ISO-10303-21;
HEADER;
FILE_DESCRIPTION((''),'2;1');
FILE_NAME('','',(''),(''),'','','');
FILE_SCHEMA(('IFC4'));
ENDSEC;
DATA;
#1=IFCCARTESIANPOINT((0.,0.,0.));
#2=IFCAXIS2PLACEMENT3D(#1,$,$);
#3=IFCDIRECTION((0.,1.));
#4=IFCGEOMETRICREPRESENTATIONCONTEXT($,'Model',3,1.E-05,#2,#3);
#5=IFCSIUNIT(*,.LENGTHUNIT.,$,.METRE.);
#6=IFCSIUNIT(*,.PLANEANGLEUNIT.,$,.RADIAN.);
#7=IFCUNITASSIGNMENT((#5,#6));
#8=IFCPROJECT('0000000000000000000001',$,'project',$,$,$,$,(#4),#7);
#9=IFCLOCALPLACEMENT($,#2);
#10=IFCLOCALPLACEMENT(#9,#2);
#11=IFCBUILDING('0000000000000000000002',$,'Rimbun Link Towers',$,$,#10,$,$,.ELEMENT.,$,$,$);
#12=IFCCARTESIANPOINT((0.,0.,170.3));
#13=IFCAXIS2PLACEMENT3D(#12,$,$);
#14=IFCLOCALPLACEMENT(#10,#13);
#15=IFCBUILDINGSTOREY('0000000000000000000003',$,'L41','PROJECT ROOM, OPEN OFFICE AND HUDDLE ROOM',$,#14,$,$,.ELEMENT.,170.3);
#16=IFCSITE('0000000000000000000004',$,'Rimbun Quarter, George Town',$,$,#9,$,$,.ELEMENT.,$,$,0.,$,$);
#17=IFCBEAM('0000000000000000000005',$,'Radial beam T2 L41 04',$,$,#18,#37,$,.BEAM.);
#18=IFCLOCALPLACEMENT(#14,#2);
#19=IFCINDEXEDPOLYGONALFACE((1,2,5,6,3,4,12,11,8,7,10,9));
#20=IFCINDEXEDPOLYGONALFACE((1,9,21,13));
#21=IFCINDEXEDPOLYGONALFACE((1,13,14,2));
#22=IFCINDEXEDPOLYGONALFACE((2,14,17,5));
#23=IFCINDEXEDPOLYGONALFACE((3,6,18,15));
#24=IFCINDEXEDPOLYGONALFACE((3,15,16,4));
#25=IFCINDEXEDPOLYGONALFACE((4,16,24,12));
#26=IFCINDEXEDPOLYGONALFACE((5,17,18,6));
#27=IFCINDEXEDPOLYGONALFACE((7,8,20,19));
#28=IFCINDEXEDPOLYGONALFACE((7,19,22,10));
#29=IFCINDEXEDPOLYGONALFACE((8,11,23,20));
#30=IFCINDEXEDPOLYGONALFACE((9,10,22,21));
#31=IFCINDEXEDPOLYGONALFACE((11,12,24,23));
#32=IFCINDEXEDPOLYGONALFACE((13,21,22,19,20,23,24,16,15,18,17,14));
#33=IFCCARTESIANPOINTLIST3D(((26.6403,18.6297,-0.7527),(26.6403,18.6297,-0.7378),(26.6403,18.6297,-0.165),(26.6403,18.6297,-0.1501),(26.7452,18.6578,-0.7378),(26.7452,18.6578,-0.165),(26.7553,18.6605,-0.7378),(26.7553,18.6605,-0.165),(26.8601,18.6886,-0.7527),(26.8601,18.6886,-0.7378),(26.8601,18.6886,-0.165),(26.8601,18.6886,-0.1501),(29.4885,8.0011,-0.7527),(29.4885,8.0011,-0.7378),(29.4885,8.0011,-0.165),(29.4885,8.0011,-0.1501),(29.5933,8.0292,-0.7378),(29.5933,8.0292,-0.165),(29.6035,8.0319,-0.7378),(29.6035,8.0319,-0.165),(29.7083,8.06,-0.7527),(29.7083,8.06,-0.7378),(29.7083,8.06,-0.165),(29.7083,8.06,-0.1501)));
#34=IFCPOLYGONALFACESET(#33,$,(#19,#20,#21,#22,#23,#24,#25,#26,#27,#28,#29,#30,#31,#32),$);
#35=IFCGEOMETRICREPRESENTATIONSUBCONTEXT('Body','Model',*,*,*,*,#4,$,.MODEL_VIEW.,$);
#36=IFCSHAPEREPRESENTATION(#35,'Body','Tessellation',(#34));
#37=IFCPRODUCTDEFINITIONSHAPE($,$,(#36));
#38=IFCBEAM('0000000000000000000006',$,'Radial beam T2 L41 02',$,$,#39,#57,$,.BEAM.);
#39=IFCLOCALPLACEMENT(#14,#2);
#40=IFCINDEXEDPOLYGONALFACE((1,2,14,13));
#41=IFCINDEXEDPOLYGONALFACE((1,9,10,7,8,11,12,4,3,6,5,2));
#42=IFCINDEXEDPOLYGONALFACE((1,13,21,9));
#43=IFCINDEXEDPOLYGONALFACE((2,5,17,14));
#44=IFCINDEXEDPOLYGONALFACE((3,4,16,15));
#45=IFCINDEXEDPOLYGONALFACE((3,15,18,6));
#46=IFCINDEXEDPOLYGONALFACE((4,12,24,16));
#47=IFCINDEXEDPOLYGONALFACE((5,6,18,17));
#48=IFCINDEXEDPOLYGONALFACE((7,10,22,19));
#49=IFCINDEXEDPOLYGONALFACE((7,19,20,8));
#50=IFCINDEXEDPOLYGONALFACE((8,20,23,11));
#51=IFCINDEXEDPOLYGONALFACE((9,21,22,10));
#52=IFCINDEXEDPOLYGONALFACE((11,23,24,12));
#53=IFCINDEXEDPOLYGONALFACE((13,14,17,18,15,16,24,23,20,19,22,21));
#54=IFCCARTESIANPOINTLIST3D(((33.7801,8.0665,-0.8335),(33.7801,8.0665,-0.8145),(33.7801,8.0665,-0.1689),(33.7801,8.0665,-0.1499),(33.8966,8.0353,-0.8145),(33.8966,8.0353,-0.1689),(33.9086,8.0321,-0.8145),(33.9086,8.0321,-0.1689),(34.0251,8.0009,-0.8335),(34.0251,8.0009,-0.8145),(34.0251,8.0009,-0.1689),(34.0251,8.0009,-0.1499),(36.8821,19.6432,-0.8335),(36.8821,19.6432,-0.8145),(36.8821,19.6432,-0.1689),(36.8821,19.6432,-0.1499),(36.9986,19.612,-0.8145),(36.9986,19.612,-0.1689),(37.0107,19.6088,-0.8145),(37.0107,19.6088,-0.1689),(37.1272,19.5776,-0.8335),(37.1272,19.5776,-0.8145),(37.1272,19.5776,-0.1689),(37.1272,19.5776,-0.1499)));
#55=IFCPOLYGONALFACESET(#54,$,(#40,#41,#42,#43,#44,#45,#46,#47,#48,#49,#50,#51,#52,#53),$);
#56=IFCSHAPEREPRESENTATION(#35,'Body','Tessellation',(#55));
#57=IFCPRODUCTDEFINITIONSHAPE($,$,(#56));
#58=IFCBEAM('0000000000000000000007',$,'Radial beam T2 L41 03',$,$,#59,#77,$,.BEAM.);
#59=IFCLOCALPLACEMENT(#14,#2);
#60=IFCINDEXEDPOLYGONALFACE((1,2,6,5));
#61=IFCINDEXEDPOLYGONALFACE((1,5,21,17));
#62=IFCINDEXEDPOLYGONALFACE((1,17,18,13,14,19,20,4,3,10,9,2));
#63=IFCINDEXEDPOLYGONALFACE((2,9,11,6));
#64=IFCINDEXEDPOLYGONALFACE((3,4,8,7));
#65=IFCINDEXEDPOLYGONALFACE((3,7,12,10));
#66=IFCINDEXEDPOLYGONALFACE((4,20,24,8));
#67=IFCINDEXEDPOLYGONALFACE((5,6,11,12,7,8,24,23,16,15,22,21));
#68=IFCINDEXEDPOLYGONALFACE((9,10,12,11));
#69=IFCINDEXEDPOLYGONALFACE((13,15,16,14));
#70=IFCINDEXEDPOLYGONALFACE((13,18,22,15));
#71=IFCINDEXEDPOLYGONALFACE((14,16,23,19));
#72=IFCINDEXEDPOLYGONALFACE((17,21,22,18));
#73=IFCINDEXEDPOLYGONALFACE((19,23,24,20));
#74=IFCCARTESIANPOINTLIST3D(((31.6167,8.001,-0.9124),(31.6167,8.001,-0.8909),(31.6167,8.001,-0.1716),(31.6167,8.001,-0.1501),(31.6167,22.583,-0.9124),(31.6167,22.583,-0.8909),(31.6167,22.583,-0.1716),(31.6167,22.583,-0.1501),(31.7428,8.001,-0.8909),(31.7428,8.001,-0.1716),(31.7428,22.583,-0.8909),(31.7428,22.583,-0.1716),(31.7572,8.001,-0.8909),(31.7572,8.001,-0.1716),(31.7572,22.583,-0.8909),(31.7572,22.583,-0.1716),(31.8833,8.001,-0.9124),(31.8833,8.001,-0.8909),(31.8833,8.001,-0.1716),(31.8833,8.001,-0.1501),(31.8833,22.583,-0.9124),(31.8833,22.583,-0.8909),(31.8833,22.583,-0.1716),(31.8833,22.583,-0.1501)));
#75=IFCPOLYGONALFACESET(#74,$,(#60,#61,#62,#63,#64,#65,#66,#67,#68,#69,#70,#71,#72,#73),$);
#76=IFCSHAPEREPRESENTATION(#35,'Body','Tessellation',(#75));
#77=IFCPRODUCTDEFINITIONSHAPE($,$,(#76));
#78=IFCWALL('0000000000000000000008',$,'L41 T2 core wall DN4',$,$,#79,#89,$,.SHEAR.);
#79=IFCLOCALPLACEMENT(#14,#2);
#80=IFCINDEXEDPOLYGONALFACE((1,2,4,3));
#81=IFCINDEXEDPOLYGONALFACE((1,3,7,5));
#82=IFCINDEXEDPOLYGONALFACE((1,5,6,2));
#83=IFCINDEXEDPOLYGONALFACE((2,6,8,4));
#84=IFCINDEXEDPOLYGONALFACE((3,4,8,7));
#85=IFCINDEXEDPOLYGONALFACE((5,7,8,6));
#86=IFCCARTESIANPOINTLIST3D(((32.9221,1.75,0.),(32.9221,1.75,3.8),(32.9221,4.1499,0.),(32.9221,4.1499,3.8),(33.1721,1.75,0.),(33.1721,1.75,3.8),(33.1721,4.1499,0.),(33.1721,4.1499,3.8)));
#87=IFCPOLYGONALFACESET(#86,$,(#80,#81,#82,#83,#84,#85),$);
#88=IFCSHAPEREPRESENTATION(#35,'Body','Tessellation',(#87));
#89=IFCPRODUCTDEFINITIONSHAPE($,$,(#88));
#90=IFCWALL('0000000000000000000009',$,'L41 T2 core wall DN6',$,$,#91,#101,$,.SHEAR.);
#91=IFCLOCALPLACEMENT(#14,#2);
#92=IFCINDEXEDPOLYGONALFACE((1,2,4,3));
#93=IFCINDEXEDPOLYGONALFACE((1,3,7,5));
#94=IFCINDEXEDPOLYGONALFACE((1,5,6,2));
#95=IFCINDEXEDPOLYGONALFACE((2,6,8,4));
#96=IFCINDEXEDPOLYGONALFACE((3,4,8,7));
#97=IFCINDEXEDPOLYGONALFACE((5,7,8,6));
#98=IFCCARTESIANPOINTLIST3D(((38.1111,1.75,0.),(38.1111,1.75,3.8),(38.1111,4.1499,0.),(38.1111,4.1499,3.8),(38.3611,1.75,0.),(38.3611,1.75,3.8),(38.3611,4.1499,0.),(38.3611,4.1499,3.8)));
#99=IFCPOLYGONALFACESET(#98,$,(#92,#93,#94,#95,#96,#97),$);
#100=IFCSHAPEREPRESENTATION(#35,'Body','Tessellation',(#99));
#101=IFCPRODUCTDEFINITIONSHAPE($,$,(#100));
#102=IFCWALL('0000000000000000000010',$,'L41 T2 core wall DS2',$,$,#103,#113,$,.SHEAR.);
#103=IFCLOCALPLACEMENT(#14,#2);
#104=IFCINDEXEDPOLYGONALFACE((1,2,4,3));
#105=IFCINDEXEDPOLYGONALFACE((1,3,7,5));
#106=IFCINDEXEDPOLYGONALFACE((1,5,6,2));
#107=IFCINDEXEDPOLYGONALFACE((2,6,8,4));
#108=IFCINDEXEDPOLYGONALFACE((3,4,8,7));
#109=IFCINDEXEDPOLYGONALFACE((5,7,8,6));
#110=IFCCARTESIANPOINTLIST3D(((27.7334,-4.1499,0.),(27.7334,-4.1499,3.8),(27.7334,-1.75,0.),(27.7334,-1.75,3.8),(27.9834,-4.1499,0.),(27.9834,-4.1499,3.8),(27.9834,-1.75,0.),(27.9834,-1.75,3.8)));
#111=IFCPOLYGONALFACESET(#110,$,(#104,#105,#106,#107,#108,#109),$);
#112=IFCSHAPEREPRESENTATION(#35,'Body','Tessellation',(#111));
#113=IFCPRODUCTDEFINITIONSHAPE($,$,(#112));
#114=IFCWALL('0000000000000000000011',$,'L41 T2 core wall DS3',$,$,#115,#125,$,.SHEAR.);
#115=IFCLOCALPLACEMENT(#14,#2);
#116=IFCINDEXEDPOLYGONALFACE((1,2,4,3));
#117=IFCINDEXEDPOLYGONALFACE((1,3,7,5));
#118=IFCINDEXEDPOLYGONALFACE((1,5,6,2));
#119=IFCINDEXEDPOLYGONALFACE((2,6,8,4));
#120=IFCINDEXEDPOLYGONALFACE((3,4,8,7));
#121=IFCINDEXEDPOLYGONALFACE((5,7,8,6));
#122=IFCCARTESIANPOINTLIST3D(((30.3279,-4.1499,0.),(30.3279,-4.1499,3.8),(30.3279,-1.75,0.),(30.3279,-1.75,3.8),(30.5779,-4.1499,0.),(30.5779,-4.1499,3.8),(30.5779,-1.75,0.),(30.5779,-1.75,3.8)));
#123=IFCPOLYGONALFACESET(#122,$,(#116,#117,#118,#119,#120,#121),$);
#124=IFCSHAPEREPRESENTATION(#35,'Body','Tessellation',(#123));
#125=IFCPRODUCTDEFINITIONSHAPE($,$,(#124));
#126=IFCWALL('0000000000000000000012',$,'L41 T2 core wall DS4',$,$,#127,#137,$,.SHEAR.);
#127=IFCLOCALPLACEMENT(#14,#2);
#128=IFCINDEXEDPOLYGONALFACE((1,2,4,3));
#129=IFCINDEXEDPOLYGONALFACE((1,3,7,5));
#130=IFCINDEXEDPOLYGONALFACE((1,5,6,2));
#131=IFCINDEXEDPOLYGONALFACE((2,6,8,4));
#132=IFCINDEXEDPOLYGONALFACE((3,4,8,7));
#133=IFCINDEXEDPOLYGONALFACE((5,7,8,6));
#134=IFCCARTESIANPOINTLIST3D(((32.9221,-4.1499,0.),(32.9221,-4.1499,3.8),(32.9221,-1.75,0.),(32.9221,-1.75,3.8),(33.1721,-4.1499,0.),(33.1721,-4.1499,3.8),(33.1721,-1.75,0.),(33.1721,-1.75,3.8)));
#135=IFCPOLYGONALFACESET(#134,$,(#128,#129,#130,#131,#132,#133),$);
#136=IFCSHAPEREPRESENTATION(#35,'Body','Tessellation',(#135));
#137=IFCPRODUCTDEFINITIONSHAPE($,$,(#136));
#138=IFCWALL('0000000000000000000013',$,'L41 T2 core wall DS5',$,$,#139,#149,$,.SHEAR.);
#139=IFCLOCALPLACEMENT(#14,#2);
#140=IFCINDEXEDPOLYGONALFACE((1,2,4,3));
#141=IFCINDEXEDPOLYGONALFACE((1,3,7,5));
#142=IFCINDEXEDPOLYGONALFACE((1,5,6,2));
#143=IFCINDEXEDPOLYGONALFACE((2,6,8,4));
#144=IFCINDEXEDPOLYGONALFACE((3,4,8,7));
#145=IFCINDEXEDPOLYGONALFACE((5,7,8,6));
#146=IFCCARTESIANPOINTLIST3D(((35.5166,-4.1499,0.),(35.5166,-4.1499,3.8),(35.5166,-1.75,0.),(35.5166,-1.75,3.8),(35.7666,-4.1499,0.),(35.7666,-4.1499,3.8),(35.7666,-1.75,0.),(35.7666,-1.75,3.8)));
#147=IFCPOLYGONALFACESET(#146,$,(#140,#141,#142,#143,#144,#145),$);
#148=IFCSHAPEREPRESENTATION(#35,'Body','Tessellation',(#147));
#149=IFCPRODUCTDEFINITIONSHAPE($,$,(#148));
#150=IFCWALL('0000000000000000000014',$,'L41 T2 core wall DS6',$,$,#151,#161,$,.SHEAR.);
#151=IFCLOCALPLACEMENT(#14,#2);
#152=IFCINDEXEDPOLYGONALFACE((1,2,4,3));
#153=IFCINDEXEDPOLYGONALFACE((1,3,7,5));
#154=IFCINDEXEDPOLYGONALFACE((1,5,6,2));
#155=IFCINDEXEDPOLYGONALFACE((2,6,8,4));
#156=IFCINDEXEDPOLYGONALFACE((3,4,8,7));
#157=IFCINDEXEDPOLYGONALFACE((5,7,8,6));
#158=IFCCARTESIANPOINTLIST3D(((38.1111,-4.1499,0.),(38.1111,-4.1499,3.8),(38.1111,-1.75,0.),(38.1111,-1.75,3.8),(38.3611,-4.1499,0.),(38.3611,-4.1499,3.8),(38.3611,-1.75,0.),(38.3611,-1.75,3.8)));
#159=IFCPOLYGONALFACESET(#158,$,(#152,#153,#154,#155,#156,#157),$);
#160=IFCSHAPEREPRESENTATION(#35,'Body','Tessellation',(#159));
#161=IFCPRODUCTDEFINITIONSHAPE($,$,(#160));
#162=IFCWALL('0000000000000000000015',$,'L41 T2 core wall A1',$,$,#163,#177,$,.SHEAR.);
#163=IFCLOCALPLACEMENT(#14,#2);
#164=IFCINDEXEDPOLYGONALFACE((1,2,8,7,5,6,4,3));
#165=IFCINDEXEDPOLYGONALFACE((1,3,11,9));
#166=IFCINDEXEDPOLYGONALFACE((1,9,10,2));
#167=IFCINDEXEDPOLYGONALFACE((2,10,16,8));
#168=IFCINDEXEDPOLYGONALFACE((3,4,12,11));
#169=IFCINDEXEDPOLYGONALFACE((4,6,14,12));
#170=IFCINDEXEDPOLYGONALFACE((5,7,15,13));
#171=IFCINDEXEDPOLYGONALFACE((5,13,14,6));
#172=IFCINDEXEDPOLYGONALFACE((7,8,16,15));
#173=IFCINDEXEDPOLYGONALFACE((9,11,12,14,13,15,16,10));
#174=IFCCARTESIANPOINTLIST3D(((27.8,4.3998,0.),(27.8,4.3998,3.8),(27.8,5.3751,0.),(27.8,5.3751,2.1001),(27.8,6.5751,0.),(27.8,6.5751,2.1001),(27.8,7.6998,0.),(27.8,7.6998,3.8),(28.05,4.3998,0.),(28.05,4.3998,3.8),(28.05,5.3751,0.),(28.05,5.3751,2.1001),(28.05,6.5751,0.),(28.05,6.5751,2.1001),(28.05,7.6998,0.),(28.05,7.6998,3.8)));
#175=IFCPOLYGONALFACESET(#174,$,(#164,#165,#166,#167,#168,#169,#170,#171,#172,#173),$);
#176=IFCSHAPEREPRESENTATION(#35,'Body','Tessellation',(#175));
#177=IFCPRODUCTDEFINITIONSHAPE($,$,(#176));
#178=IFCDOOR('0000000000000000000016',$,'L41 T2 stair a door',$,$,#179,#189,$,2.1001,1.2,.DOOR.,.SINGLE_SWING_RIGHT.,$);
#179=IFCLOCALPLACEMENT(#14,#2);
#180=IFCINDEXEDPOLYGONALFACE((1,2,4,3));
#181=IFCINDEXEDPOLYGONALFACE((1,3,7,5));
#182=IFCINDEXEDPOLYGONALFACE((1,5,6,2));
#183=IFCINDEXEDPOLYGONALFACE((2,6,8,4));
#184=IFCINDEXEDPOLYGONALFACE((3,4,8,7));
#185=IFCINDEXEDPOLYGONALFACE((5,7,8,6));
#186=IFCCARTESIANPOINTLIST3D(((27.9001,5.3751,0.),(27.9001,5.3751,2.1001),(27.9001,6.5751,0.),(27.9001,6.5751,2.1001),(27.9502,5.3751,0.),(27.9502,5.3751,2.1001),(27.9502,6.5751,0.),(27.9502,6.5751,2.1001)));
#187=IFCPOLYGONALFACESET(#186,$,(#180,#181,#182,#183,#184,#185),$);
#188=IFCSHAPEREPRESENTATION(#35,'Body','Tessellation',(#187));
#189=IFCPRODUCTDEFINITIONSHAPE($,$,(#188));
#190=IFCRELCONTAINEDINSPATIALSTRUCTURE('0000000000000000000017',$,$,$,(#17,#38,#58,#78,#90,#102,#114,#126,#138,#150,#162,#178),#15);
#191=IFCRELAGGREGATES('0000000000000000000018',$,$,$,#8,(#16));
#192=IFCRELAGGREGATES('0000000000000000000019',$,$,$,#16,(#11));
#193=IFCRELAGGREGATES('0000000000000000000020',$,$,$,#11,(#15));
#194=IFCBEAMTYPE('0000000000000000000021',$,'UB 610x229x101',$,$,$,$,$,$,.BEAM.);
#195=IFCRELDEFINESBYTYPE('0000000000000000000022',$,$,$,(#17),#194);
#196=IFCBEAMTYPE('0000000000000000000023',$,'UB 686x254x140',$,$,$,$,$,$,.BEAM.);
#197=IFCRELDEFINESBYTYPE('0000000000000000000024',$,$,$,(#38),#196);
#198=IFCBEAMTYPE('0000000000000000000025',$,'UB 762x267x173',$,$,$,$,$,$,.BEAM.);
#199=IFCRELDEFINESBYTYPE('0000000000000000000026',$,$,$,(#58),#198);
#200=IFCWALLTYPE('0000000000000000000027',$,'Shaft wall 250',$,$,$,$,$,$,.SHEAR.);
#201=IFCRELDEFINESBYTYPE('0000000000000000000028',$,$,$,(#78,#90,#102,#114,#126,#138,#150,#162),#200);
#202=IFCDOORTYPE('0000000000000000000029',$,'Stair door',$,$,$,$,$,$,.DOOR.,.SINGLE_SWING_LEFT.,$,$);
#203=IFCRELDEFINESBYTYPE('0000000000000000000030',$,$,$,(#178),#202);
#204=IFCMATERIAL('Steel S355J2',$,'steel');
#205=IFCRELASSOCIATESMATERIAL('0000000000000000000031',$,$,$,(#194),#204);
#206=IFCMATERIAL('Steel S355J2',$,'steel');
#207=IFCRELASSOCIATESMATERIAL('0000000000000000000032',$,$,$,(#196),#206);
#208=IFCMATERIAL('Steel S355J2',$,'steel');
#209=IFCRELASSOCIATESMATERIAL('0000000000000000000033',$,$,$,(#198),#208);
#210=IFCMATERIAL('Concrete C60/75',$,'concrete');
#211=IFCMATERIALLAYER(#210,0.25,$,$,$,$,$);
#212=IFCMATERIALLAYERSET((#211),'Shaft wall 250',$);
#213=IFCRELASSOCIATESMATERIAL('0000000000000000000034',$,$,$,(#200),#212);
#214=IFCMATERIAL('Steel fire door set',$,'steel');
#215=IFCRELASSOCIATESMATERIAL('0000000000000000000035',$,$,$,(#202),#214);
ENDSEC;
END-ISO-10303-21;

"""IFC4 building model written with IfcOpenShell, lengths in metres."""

from ifc_helpers import new_model, si_unit, direction, frame, frame_2d, origin, origin_2d, place, context, subcontext, project, spatial, rectangle, i_section, extrude, material, layer, layer_set, material_profile, profile_set, type_object, element, fill, save


model = new_model("IFC4")

# Units and contexts
model_context = context("Model", 3, precision=1e-05, world=origin(), true_north=direction((0.0, 1.0)))
body_context = subcontext(model_context, "Body", "Model", "MODEL_VIEW")
ifc_project = project(units=[si_unit("LENGTHUNIT", "METRE"), si_unit("PLANEANGLEUNIT", "RADIAN")], contexts=[model_context])

# Site, building, storey
site_placement = place(None, origin())
site = spatial("IfcSite", under=ifc_project, at=site_placement, Name="Rimbun Quarter, George Town", CompositionType="ELEMENT", RefElevation=0.0)
building_placement = place(site_placement, origin())
building = spatial("IfcBuilding", under=site, at=building_placement, Name="Rimbun Link Towers", CompositionType="ELEMENT")
storey_placement = place(building_placement, frame((0.0, 0.0, 170.3)))
storey = spatial("IfcBuildingStorey", under=building, at=storey_placement, Name="L41", Description="PROJECT ROOM, OPEN OFFICE AND HUDDLE ROOM", CompositionType="ELEMENT", Elevation=170.3)

# Beams
ifc_material_1 = material(Name="Steel S355J2", Category="steel")
ifc_material_profile_1 = material_profile(ifc_material_1, i_section(OverallWidth=0.2275, OverallDepth=0.6025, WebThickness=0.0105, FlangeThickness=0.0149, at=origin_2d()), Name="UB 610x229x101")
ifc_profile_set_1 = profile_set([ifc_material_profile_1], Name="Steel S355J2")
beam_type_1 = type_object("IfcBeamType", Name="UB 610x229x101", PredefinedType="BEAM", material=ifc_profile_set_1)
beam_1_placement = place(storey_placement, frame((29.5984, 8.0305, -0.4514), z_axis=(-0.258836, 0.965921, 0.0), x_axis=(-0.965921, -0.258836, 0.0)))
element("IfcBeam", 1, at=beam_1_placement, inside=storey, type_object=beam_type_1, Name="Radial beam T2 L41 04", PredefinedType="BEAM", context=body_context, shape_type="SweptSolid", body=[
    extrude(i_section(OverallWidth=0.2275, OverallDepth=0.6025, WebThickness=0.0105, FlangeThickness=0.0149, at=origin_2d()), origin(), (0.0, 0.0, 1.0), 11.0037),
])
ifc_material_2 = material(Name="Steel S355J2", Category="steel")
ifc_material_profile_2 = material_profile(ifc_material_2, i_section(OverallWidth=0.2537, OverallDepth=0.6836, WebThickness=0.0125, FlangeThickness=0.019, at=origin_2d()), Name="UB 686x254x140")
ifc_profile_set_2 = profile_set([ifc_material_profile_2], Name="Steel S355J2")
beam_type_2 = type_object("IfcBeamType", Name="UB 686x254x140", PredefinedType="BEAM", material=ifc_profile_set_2)
beam_2_placement = place(storey_placement, frame((33.9026, 8.0337, -0.4917), z_axis=(0.258826, 0.965924, 0.0), x_axis=(-0.965924, 0.258826, 0.0)))
element("IfcBeam", 2, at=beam_2_placement, inside=storey, type_object=beam_type_2, Name="Radial beam T2 L41 02", PredefinedType="BEAM", context=body_context, shape_type="SweptSolid", body=[
    extrude(i_section(OverallWidth=0.2537, OverallDepth=0.6836, WebThickness=0.0125, FlangeThickness=0.019, at=origin_2d()), origin(), (0.0, 0.0, 1.0), 11.9851),
])
ifc_material_3 = material(Name="Steel S355J2", Category="steel")
ifc_material_profile_3 = material_profile(ifc_material_3, i_section(OverallWidth=0.2666, OverallDepth=0.7622, WebThickness=0.0144, FlangeThickness=0.0215, at=origin_2d()), Name="UB 762x267x173")
ifc_profile_set_3 = profile_set([ifc_material_profile_3], Name="Steel S355J2")
beam_type_3 = type_object("IfcBeamType", Name="UB 762x267x173", PredefinedType="BEAM", material=ifc_profile_set_3)
beam_3_placement = place(storey_placement, frame((31.75, 8.001, -0.5312), z_axis=(0.0, 1.0, 0.0), x_axis=(-1.0, 0.0, 0.0)))
element("IfcBeam", 3, at=beam_3_placement, inside=storey, type_object=beam_type_3, Name="Radial beam T2 L41 03", PredefinedType="BEAM", context=body_context, shape_type="SweptSolid", body=[
    extrude(i_section(OverallWidth=0.2666, OverallDepth=0.7622, WebThickness=0.0144, FlangeThickness=0.0215, at=origin_2d()), origin(), (0.0, 0.0, 1.0), 14.582),
])

# Walls
ifc_material_4 = material(Name="Concrete C60/75", Category="concrete")
ifc_layer = layer(ifc_material_4, 0.25)
ifc_layer_set = layer_set([ifc_layer], Name="Shaft wall 250")
wall_type = type_object("IfcWallType", Name="Shaft wall 250", PredefinedType="SHEAR", material=ifc_layer_set)
for number, where, z_axis, x_axis, name in (
    (4, (33.0471, 1.75, 0.0), (0.0, 0.0, 1.0), (0.0, 1.0, 0.0), "L41 T2 core wall DN4"),
    (5, (38.2361, 1.75, 0.0), (0.0, 0.0, 1.0), (0.0, 1.0, 0.0), "L41 T2 core wall DN6"),
    (6, (27.8584, -4.1499, 0.0), (0.0, 0.0, 1.0), (0.0, 1.0, 0.0), "L41 T2 core wall DS2"),
    (7, (30.4529, -4.1499, 0.0), (0.0, 0.0, 1.0), (0.0, 1.0, 0.0), "L41 T2 core wall DS3"),
    (8, (33.0471, -4.1499, 0.0), (0.0, 0.0, 1.0), (0.0, 1.0, 0.0), "L41 T2 core wall DS4"),
    (9, (35.6416, -4.1499, 0.0), (0.0, 0.0, 1.0), (0.0, 1.0, 0.0), "L41 T2 core wall DS5"),
    (10, (38.2361, -4.1499, 0.0), (0.0, 0.0, 1.0), (0.0, 1.0, 0.0), "L41 T2 core wall DS6"),
):
    element("IfcWall", number, at=place(storey_placement, frame(where, z_axis=z_axis, x_axis=x_axis)), inside=storey, type_object=wall_type, Name=name, PredefinedType="SHEAR", context=body_context, shape_type="SweptSolid", body=[
        extrude(rectangle(XDim=2.3999, YDim=0.25, at=frame_2d((1.2, 0.0))), origin(), (0.0, 0.0, 1.0), 3.8),
    ])

# Wall, opening, door
wall_1_placement = place(storey_placement, frame((27.925, 4.3999, 0.0), z_axis=(0.0, 0.0, 1.0), x_axis=(0.0, 1.0, 0.0)))
wall_1 = element("IfcWall", 11, at=wall_1_placement, inside=storey, type_object=wall_type, Name="L41 T2 core wall A1", PredefinedType="SHEAR", context=body_context, shape_type="SweptSolid", body=[
    extrude(rectangle(XDim=3.3, YDim=0.25, at=frame_2d((1.6499, 0.0))), origin(), (0.0, 0.0, 1.0), 3.8),
])
opening_1_placement = place(wall_1_placement, frame((0.9751, 0.0, 0.0)))
opening_1 = element("IfcOpeningElement", 12, at=opening_1_placement, cuts=wall_1, PredefinedType="OPENING", context=body_context, shape_type="SweptSolid", body=[
    extrude(rectangle(XDim=1.2, YDim=2.1001, at=frame_2d((0.6001, 1.05))), frame((0.0, 0.135, 0.0), z_axis=(0.0, -1.0, 0.0), x_axis=(1.0, 0.0, 0.0)), (0.0, 0.0, 1.0), 0.27),
])
ifc_material_5 = material(Name="Steel fire door set", Category="steel")
door_type_1 = type_object("IfcDoorType", Name="Stair door", OperationType="SINGLE_SWING_LEFT", PredefinedType="DOOR", material=ifc_material_5)
door_1_placement = place(opening_1_placement, origin())
door_1 = element("IfcDoor", 13, at=door_1_placement, inside=storey, type_object=door_type_1, Name="L41 T2 stair a door", OperationType="SINGLE_SWING_RIGHT", OverallHeight=2.1001, OverallWidth=1.2, PredefinedType="DOOR", context=body_context, shape_type="SweptSolid", body=[
    extrude(rectangle(XDim=1.2, YDim=2.1001, at=frame_2d((0.6001, 1.05))), frame((0.0, 0.0249, 0.0), z_axis=(0.0, -1.0, 0.0), x_axis=(1.0, 0.0, 0.0)), (0.0, 0.0, 1.0), 0.05),
])
fill(opening_1, door_1)

save(model, "model.ifc")
